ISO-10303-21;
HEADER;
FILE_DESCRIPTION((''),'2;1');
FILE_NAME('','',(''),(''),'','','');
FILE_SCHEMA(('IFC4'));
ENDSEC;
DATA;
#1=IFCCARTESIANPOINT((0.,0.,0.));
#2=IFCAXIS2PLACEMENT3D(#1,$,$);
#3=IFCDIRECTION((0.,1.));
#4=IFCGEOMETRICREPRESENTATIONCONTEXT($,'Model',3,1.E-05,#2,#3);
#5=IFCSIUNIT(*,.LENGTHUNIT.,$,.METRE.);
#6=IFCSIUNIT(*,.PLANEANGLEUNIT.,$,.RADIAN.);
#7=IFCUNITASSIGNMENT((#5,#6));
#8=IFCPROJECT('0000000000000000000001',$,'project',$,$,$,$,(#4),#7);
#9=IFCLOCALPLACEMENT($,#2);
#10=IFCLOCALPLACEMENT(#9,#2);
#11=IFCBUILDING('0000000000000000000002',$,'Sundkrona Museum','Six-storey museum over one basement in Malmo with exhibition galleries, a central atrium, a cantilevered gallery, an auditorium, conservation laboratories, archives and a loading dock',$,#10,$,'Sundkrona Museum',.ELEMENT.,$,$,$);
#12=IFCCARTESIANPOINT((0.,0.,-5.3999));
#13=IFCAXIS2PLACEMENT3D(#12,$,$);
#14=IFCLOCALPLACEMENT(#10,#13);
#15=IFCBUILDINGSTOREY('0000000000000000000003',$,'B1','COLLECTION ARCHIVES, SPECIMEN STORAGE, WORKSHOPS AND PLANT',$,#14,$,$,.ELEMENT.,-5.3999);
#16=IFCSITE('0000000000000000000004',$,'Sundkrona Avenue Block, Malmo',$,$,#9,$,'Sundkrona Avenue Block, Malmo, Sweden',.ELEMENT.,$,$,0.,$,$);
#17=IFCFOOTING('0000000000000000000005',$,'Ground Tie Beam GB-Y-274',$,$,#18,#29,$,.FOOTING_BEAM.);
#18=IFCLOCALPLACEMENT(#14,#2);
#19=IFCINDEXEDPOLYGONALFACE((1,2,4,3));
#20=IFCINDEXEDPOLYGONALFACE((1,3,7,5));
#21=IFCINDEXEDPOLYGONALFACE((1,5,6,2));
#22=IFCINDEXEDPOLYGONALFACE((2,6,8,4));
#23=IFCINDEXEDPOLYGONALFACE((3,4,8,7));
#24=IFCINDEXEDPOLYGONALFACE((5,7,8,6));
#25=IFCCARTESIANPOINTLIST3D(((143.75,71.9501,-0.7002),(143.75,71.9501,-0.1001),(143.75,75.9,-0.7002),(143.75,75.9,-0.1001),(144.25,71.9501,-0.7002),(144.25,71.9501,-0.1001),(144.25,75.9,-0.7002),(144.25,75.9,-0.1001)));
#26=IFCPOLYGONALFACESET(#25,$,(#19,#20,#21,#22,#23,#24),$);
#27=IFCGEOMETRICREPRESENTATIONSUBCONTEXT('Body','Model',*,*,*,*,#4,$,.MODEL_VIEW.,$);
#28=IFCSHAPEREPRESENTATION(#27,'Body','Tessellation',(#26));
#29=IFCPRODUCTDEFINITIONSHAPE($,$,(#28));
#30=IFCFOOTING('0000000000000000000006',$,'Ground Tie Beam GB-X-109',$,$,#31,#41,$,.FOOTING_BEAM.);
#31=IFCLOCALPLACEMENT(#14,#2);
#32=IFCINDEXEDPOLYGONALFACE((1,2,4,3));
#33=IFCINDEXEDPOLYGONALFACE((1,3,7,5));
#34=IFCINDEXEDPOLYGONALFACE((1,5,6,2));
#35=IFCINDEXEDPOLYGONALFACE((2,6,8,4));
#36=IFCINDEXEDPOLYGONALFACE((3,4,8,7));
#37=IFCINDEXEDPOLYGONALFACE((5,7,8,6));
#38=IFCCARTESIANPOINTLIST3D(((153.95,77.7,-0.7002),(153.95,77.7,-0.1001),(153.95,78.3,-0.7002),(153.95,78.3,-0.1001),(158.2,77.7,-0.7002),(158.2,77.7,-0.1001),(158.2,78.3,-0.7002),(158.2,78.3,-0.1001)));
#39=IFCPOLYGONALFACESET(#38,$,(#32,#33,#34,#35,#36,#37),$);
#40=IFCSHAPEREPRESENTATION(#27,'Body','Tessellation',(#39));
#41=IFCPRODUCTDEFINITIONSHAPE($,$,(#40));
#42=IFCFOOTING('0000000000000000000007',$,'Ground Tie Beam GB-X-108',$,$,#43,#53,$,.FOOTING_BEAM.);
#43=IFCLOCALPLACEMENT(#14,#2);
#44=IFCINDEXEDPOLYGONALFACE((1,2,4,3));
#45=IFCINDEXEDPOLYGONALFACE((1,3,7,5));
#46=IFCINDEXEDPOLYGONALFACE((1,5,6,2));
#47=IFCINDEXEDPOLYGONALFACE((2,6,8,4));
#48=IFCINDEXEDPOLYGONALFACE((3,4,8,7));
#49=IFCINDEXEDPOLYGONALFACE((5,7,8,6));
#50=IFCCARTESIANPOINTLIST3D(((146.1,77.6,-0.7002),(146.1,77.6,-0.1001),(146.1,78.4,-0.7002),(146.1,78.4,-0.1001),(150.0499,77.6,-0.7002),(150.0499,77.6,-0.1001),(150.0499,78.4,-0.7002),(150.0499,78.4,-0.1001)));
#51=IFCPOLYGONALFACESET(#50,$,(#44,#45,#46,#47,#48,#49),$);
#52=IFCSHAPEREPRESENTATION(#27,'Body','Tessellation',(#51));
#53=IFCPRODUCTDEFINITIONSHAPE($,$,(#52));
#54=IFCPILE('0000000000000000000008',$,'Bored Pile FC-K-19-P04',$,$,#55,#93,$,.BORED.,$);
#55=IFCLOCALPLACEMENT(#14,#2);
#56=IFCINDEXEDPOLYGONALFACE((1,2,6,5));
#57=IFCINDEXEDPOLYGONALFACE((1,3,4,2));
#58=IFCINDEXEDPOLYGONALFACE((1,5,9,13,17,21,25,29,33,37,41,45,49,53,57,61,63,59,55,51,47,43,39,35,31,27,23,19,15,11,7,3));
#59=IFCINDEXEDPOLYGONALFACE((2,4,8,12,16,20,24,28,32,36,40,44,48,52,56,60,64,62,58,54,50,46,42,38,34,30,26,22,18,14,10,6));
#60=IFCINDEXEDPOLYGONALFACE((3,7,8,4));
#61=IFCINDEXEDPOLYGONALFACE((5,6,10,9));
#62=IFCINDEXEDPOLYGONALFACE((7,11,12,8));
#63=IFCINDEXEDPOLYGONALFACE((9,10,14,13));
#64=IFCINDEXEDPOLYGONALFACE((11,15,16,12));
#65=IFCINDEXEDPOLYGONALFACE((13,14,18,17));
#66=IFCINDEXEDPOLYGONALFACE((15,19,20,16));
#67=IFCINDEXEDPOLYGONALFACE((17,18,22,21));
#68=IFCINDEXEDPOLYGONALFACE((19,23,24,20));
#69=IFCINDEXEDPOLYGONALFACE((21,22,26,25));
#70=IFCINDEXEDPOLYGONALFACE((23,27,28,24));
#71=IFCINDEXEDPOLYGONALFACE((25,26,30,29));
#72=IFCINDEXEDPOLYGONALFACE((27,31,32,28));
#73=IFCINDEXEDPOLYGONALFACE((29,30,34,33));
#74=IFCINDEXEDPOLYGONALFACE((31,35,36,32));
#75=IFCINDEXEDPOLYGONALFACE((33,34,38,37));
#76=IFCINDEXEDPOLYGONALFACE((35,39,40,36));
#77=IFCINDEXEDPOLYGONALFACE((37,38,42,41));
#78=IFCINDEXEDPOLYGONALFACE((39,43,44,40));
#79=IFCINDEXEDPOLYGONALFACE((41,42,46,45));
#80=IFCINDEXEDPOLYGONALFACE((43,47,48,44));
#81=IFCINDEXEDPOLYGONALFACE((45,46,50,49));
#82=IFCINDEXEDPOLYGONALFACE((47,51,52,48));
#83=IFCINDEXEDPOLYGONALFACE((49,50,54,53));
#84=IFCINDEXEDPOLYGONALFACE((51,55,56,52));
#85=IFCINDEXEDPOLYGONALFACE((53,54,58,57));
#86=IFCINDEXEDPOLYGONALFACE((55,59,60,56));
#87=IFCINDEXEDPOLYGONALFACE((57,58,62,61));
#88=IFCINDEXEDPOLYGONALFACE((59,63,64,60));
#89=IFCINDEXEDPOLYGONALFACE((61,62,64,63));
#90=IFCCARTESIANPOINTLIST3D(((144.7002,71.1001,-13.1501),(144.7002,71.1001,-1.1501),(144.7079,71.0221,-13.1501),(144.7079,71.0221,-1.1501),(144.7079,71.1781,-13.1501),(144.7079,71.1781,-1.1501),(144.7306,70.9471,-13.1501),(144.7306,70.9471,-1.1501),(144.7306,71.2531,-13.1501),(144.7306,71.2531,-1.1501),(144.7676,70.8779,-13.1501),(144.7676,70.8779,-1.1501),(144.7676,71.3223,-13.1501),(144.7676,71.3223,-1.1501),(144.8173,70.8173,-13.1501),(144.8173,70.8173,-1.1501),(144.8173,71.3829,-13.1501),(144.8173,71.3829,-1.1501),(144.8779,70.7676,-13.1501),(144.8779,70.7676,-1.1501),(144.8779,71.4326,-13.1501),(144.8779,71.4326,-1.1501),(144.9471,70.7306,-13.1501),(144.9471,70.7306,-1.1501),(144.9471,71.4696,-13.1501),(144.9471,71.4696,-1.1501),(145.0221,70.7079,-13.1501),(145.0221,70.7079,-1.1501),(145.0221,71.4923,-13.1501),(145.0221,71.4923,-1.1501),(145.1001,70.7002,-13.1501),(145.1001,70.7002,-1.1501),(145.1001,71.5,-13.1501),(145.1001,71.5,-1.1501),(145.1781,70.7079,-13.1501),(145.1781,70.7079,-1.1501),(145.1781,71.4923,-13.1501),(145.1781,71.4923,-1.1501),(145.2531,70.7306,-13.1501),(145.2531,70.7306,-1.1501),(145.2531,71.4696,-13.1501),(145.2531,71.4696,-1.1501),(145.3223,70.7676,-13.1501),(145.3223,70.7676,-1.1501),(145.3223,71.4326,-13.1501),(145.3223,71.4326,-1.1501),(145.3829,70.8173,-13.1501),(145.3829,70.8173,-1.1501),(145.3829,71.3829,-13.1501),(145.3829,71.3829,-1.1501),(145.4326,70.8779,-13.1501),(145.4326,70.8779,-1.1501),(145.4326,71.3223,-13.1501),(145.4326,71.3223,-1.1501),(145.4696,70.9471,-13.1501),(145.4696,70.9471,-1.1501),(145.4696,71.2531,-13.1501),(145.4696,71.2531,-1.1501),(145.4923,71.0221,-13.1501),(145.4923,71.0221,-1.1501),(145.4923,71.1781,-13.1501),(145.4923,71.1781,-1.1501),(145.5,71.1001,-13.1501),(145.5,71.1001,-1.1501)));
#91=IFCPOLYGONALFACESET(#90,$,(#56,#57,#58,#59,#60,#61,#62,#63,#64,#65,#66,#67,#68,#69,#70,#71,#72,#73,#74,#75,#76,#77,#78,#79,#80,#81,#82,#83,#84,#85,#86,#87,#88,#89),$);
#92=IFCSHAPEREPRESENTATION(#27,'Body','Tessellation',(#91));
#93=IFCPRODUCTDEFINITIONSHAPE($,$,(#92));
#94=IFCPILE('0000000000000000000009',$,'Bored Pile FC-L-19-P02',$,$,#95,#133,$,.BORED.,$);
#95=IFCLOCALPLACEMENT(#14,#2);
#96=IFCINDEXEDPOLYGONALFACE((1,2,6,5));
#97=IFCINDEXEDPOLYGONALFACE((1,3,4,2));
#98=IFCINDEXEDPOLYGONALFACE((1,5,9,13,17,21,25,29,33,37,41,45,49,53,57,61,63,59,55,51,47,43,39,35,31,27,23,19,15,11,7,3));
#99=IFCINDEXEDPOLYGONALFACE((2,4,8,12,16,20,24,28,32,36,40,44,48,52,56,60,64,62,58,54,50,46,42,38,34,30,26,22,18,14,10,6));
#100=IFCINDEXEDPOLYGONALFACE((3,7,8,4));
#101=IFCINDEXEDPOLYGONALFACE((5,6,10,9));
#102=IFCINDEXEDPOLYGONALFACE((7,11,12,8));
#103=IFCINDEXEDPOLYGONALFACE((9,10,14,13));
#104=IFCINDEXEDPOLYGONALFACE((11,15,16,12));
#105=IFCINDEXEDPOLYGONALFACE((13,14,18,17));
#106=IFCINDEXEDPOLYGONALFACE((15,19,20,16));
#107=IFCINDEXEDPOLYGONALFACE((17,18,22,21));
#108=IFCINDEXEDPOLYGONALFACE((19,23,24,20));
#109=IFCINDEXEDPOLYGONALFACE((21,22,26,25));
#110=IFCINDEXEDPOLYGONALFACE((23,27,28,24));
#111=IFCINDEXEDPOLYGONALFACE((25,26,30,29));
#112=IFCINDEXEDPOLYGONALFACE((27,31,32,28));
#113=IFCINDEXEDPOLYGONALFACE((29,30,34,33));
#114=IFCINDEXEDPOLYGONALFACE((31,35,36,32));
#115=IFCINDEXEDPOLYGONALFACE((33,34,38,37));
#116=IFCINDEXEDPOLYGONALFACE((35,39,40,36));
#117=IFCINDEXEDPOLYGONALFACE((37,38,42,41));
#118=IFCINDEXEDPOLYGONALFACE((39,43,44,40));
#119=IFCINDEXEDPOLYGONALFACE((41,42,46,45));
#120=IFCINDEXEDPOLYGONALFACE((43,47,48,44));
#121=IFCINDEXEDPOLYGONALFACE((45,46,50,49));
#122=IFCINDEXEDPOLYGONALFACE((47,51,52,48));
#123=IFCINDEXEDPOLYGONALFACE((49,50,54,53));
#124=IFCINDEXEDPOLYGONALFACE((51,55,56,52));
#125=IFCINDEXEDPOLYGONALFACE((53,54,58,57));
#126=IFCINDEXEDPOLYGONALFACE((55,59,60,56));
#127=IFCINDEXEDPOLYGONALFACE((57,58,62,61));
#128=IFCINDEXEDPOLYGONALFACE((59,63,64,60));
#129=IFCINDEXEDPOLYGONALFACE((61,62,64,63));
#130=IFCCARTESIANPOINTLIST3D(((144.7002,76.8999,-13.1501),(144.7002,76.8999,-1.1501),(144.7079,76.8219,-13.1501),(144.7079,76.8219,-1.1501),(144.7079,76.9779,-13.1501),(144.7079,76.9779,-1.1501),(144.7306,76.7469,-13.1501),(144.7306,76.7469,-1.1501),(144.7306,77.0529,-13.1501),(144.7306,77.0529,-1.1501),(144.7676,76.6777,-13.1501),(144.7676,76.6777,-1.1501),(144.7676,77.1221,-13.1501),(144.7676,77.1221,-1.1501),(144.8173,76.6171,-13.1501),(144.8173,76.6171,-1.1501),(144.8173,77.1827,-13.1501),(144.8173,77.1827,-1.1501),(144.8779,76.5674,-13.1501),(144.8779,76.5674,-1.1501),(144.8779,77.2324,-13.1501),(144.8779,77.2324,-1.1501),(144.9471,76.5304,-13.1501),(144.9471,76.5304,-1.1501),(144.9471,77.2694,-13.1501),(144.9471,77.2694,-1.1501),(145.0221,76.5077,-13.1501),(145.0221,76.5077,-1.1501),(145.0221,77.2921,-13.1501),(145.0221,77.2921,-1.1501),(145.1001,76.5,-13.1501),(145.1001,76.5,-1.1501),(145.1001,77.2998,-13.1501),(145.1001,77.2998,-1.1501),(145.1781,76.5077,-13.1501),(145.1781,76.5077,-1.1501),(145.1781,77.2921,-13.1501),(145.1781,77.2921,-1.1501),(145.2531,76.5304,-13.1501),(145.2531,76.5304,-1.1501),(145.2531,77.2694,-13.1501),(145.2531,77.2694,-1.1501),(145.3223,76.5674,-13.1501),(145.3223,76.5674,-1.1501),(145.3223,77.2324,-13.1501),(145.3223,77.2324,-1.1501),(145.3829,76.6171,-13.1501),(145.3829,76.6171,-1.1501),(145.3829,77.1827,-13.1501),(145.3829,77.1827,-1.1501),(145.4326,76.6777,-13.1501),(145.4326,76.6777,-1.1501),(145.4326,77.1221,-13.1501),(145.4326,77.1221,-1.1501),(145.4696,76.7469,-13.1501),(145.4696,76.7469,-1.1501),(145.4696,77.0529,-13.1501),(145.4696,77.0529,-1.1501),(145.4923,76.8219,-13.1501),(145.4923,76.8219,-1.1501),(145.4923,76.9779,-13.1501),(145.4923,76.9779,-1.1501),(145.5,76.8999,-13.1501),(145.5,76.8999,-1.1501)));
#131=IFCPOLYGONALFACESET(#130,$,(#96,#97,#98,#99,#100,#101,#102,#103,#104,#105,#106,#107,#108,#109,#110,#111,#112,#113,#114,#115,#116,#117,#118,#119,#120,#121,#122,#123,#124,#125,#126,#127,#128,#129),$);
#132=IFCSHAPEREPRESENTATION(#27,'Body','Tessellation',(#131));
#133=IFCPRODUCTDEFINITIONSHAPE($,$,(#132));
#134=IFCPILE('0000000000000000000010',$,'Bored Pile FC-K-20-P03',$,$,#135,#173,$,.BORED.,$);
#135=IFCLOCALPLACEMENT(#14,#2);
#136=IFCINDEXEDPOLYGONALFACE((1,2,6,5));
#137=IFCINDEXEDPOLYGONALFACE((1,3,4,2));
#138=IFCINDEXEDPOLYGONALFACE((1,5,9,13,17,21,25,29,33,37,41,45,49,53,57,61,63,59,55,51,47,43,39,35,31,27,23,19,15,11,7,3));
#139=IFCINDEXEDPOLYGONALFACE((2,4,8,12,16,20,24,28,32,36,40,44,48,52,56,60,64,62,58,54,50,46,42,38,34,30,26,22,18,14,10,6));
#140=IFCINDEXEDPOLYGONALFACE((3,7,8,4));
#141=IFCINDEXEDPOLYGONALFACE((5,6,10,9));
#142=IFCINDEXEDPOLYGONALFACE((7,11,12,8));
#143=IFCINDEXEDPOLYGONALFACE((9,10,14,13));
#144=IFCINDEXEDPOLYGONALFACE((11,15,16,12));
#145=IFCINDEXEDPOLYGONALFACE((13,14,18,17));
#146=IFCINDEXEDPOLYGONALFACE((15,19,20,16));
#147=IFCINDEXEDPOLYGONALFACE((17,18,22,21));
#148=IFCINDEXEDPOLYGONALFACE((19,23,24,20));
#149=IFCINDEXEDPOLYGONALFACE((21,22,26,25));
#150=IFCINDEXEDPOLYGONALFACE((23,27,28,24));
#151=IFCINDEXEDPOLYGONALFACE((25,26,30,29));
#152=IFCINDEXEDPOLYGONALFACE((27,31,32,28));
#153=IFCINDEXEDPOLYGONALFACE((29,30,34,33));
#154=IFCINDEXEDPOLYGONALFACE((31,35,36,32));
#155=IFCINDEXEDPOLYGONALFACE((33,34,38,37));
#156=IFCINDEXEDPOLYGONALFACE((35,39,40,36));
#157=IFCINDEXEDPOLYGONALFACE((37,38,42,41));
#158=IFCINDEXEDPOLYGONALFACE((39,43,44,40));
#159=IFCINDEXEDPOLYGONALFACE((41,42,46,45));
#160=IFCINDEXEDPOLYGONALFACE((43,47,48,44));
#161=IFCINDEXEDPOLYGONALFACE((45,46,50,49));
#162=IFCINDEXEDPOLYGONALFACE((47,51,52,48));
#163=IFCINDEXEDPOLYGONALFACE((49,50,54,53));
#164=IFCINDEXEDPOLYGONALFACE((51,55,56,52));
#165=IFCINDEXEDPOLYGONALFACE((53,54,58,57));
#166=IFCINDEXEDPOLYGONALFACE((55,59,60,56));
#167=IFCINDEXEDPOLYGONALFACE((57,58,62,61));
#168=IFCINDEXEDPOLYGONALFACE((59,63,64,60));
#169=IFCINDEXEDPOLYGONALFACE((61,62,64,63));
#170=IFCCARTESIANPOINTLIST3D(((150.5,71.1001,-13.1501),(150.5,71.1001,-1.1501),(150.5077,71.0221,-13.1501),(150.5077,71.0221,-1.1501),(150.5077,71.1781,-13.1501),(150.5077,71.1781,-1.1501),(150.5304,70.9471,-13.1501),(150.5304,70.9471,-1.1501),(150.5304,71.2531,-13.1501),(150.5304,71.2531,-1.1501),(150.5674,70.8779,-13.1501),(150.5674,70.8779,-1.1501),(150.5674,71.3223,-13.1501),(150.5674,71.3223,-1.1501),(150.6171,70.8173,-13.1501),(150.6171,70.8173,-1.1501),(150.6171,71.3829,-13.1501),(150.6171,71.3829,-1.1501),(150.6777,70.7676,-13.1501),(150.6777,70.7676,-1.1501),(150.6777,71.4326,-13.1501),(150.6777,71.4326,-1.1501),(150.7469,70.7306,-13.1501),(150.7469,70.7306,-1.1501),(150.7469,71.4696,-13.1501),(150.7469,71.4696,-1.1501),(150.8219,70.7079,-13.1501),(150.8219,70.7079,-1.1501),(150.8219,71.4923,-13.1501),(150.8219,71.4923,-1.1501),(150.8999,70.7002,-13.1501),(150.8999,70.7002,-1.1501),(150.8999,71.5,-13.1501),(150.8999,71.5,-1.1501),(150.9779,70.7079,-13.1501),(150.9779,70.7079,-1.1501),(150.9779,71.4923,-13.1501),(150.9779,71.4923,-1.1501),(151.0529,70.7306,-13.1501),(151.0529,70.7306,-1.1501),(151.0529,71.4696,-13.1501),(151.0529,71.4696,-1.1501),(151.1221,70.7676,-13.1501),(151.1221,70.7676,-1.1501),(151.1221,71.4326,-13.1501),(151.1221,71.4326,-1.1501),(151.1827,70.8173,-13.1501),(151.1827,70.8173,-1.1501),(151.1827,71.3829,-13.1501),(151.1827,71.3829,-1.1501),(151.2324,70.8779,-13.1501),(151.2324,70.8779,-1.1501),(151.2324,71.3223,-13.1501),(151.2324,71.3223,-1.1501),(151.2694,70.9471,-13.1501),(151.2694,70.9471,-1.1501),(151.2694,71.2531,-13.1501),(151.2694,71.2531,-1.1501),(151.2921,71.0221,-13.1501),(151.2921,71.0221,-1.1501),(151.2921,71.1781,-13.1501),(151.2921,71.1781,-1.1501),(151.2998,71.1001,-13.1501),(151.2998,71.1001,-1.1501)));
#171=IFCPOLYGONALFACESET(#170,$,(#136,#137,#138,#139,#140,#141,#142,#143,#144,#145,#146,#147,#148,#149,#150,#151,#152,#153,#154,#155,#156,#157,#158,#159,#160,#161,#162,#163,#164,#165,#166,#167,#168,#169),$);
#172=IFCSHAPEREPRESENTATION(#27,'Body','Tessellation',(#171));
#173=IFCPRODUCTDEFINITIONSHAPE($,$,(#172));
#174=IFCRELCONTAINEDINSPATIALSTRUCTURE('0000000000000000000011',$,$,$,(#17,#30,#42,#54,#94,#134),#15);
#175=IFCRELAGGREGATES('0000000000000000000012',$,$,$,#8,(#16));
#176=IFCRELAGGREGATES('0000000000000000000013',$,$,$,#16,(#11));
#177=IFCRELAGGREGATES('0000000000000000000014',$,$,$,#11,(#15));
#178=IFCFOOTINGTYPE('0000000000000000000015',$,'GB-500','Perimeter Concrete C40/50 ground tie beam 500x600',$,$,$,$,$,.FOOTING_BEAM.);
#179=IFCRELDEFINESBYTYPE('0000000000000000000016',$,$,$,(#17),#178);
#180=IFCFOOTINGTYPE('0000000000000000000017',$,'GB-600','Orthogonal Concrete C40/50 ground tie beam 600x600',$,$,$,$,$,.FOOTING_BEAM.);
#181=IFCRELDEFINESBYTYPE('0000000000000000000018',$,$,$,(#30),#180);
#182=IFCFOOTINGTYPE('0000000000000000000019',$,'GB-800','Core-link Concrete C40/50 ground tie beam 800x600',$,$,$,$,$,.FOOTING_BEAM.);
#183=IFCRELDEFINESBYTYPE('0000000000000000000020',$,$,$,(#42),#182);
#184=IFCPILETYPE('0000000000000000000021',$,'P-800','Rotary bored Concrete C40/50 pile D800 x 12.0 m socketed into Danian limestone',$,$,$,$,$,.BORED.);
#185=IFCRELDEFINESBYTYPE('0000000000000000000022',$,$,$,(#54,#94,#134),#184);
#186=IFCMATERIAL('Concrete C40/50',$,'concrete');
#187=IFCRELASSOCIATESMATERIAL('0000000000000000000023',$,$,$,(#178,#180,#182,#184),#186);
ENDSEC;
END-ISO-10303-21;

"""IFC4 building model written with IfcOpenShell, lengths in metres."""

from ifc_helpers import new_model, si_unit, direction, frame, origin, origin_2d, place, context, subcontext, project, spatial, rectangle, circle, extrude, material, material_profile, profile_set, type_object, element, save


model = new_model("IFC4")

# Units and contexts
model_context = context("Model", 3, precision=1e-05, world=origin(), true_north=direction((0.0, 1.0)))
body_context = subcontext(model_context, "Body", "Model", "MODEL_VIEW")
ifc_project = project(units=[si_unit("LENGTHUNIT", "METRE"), si_unit("PLANEANGLEUNIT", "RADIAN")], contexts=[model_context])

# Site, building, storey
site_placement = place(None, origin())
site = spatial("IfcSite", under=ifc_project, at=site_placement, Name="Sundkrona Avenue Block, Malmo", LongName="Sundkrona Avenue Block, Malmo, Sweden", CompositionType="ELEMENT", RefElevation=0.0)
building_placement = place(site_placement, origin())
building = spatial("IfcBuilding", under=site, at=building_placement, Name="Sundkrona Museum", Description="Six-storey museum over one basement in Malmo with exhibition galleries, a central atrium, a cantilevered gallery, an auditorium, conservation laboratories, archives and a loading dock", LongName="Sundkrona Museum", CompositionType="ELEMENT")
storey_placement = place(building_placement, frame((0.0, 0.0, -5.3999)))
storey = spatial("IfcBuildingStorey", under=building, at=storey_placement, Name="B1", Description="COLLECTION ARCHIVES, SPECIMEN STORAGE, WORKSHOPS AND PLANT", CompositionType="ELEMENT", Elevation=-5.3999)

# Footings
ifc_material_1 = material(Name="Concrete C40/50", Category="concrete")
footing_type_1 = type_object("IfcFootingType", Name="GB-500", Description="Perimeter Concrete C40/50 ground tie beam 500x600", PredefinedType="FOOTING_BEAM", material=ifc_material_1)
footing_1_placement = place(storey_placement, frame((144.0, 73.925, -0.7002), z_axis=(0.0, 0.0, 1.0), x_axis=(0.0, 1.0, 0.0)))
element("IfcFooting", 1, at=footing_1_placement, inside=storey, type_object=footing_type_1, Name="Ground Tie Beam GB-Y-274", PredefinedType="FOOTING_BEAM", context=body_context, shape_type="SweptSolid", body=[
    extrude(rectangle(XDim=3.95, YDim=0.5, at=origin_2d()), origin(), (0.0, 0.0, 1.0), 0.6001),
])
footing_type_2 = type_object("IfcFootingType", Name="GB-600", Description="Orthogonal Concrete C40/50 ground tie beam 600x600", PredefinedType="FOOTING_BEAM", material=ifc_material_1)
footing_2_placement = place(storey_placement, frame((156.075, 78.0, -0.7002), z_axis=(0.0, 0.0, 1.0), x_axis=(1.0, 0.0, 0.0)))
element("IfcFooting", 2, at=footing_2_placement, inside=storey, type_object=footing_type_2, Name="Ground Tie Beam GB-X-109", PredefinedType="FOOTING_BEAM", context=body_context, shape_type="SweptSolid", body=[
    extrude(rectangle(XDim=4.25, YDim=0.6001, at=origin_2d()), origin(), (0.0, 0.0, 1.0), 0.6001),
])
footing_type_3 = type_object("IfcFootingType", Name="GB-800", Description="Core-link Concrete C40/50 ground tie beam 800x600", PredefinedType="FOOTING_BEAM", material=ifc_material_1)
footing_3_placement = place(storey_placement, frame((148.075, 78.0, -0.7002), z_axis=(0.0, 0.0, 1.0), x_axis=(1.0, 0.0, 0.0)))
element("IfcFooting", 3, at=footing_3_placement, inside=storey, type_object=footing_type_3, Name="Ground Tie Beam GB-X-108", PredefinedType="FOOTING_BEAM", context=body_context, shape_type="SweptSolid", body=[
    extrude(rectangle(XDim=3.95, YDim=0.8, at=origin_2d()), origin(), (0.0, 0.0, 1.0), 0.6001),
])

# Piles
ifc_material_profile_1 = material_profile(ifc_material_1, circle(Radius=0.3999, at=origin_2d()), Name="PILE D800")
ifc_profile_set_1 = profile_set([ifc_material_profile_1], Name="Concrete C40/50")
pile_type = type_object("IfcPileType", Name="P-800", Description="Rotary bored Concrete C40/50 pile D800 x 12.0 m socketed into Danian limestone", PredefinedType="BORED", material=ifc_profile_set_1)
for number, where, z_axis, x_axis, name in (
    (4, (145.1001, 71.1001, -1.1501), (0.0, 0.0, -1.0), (1.0, 0.0, 0.0), "Bored Pile FC-K-19-P04"),
    (5, (145.1001, 76.8999, -1.1501), (0.0, 0.0, -1.0), (1.0, 0.0, 0.0), "Bored Pile FC-L-19-P02"),
    (6, (150.8999, 71.1001, -1.1501), (0.0, 0.0, -1.0), (1.0, 0.0, 0.0), "Bored Pile FC-K-20-P03"),
):
    element("IfcPile", number, at=place(storey_placement, frame(where, z_axis=z_axis, x_axis=x_axis)), inside=storey, type_object=pile_type, Name=name, PredefinedType="BORED", context=body_context, shape_type="SweptSolid", body=[
        extrude(circle(Radius=0.3999, at=origin_2d()), origin(), (0.0, 0.0, 1.0), 12.0),
    ])

save(model, "model.ifc")
